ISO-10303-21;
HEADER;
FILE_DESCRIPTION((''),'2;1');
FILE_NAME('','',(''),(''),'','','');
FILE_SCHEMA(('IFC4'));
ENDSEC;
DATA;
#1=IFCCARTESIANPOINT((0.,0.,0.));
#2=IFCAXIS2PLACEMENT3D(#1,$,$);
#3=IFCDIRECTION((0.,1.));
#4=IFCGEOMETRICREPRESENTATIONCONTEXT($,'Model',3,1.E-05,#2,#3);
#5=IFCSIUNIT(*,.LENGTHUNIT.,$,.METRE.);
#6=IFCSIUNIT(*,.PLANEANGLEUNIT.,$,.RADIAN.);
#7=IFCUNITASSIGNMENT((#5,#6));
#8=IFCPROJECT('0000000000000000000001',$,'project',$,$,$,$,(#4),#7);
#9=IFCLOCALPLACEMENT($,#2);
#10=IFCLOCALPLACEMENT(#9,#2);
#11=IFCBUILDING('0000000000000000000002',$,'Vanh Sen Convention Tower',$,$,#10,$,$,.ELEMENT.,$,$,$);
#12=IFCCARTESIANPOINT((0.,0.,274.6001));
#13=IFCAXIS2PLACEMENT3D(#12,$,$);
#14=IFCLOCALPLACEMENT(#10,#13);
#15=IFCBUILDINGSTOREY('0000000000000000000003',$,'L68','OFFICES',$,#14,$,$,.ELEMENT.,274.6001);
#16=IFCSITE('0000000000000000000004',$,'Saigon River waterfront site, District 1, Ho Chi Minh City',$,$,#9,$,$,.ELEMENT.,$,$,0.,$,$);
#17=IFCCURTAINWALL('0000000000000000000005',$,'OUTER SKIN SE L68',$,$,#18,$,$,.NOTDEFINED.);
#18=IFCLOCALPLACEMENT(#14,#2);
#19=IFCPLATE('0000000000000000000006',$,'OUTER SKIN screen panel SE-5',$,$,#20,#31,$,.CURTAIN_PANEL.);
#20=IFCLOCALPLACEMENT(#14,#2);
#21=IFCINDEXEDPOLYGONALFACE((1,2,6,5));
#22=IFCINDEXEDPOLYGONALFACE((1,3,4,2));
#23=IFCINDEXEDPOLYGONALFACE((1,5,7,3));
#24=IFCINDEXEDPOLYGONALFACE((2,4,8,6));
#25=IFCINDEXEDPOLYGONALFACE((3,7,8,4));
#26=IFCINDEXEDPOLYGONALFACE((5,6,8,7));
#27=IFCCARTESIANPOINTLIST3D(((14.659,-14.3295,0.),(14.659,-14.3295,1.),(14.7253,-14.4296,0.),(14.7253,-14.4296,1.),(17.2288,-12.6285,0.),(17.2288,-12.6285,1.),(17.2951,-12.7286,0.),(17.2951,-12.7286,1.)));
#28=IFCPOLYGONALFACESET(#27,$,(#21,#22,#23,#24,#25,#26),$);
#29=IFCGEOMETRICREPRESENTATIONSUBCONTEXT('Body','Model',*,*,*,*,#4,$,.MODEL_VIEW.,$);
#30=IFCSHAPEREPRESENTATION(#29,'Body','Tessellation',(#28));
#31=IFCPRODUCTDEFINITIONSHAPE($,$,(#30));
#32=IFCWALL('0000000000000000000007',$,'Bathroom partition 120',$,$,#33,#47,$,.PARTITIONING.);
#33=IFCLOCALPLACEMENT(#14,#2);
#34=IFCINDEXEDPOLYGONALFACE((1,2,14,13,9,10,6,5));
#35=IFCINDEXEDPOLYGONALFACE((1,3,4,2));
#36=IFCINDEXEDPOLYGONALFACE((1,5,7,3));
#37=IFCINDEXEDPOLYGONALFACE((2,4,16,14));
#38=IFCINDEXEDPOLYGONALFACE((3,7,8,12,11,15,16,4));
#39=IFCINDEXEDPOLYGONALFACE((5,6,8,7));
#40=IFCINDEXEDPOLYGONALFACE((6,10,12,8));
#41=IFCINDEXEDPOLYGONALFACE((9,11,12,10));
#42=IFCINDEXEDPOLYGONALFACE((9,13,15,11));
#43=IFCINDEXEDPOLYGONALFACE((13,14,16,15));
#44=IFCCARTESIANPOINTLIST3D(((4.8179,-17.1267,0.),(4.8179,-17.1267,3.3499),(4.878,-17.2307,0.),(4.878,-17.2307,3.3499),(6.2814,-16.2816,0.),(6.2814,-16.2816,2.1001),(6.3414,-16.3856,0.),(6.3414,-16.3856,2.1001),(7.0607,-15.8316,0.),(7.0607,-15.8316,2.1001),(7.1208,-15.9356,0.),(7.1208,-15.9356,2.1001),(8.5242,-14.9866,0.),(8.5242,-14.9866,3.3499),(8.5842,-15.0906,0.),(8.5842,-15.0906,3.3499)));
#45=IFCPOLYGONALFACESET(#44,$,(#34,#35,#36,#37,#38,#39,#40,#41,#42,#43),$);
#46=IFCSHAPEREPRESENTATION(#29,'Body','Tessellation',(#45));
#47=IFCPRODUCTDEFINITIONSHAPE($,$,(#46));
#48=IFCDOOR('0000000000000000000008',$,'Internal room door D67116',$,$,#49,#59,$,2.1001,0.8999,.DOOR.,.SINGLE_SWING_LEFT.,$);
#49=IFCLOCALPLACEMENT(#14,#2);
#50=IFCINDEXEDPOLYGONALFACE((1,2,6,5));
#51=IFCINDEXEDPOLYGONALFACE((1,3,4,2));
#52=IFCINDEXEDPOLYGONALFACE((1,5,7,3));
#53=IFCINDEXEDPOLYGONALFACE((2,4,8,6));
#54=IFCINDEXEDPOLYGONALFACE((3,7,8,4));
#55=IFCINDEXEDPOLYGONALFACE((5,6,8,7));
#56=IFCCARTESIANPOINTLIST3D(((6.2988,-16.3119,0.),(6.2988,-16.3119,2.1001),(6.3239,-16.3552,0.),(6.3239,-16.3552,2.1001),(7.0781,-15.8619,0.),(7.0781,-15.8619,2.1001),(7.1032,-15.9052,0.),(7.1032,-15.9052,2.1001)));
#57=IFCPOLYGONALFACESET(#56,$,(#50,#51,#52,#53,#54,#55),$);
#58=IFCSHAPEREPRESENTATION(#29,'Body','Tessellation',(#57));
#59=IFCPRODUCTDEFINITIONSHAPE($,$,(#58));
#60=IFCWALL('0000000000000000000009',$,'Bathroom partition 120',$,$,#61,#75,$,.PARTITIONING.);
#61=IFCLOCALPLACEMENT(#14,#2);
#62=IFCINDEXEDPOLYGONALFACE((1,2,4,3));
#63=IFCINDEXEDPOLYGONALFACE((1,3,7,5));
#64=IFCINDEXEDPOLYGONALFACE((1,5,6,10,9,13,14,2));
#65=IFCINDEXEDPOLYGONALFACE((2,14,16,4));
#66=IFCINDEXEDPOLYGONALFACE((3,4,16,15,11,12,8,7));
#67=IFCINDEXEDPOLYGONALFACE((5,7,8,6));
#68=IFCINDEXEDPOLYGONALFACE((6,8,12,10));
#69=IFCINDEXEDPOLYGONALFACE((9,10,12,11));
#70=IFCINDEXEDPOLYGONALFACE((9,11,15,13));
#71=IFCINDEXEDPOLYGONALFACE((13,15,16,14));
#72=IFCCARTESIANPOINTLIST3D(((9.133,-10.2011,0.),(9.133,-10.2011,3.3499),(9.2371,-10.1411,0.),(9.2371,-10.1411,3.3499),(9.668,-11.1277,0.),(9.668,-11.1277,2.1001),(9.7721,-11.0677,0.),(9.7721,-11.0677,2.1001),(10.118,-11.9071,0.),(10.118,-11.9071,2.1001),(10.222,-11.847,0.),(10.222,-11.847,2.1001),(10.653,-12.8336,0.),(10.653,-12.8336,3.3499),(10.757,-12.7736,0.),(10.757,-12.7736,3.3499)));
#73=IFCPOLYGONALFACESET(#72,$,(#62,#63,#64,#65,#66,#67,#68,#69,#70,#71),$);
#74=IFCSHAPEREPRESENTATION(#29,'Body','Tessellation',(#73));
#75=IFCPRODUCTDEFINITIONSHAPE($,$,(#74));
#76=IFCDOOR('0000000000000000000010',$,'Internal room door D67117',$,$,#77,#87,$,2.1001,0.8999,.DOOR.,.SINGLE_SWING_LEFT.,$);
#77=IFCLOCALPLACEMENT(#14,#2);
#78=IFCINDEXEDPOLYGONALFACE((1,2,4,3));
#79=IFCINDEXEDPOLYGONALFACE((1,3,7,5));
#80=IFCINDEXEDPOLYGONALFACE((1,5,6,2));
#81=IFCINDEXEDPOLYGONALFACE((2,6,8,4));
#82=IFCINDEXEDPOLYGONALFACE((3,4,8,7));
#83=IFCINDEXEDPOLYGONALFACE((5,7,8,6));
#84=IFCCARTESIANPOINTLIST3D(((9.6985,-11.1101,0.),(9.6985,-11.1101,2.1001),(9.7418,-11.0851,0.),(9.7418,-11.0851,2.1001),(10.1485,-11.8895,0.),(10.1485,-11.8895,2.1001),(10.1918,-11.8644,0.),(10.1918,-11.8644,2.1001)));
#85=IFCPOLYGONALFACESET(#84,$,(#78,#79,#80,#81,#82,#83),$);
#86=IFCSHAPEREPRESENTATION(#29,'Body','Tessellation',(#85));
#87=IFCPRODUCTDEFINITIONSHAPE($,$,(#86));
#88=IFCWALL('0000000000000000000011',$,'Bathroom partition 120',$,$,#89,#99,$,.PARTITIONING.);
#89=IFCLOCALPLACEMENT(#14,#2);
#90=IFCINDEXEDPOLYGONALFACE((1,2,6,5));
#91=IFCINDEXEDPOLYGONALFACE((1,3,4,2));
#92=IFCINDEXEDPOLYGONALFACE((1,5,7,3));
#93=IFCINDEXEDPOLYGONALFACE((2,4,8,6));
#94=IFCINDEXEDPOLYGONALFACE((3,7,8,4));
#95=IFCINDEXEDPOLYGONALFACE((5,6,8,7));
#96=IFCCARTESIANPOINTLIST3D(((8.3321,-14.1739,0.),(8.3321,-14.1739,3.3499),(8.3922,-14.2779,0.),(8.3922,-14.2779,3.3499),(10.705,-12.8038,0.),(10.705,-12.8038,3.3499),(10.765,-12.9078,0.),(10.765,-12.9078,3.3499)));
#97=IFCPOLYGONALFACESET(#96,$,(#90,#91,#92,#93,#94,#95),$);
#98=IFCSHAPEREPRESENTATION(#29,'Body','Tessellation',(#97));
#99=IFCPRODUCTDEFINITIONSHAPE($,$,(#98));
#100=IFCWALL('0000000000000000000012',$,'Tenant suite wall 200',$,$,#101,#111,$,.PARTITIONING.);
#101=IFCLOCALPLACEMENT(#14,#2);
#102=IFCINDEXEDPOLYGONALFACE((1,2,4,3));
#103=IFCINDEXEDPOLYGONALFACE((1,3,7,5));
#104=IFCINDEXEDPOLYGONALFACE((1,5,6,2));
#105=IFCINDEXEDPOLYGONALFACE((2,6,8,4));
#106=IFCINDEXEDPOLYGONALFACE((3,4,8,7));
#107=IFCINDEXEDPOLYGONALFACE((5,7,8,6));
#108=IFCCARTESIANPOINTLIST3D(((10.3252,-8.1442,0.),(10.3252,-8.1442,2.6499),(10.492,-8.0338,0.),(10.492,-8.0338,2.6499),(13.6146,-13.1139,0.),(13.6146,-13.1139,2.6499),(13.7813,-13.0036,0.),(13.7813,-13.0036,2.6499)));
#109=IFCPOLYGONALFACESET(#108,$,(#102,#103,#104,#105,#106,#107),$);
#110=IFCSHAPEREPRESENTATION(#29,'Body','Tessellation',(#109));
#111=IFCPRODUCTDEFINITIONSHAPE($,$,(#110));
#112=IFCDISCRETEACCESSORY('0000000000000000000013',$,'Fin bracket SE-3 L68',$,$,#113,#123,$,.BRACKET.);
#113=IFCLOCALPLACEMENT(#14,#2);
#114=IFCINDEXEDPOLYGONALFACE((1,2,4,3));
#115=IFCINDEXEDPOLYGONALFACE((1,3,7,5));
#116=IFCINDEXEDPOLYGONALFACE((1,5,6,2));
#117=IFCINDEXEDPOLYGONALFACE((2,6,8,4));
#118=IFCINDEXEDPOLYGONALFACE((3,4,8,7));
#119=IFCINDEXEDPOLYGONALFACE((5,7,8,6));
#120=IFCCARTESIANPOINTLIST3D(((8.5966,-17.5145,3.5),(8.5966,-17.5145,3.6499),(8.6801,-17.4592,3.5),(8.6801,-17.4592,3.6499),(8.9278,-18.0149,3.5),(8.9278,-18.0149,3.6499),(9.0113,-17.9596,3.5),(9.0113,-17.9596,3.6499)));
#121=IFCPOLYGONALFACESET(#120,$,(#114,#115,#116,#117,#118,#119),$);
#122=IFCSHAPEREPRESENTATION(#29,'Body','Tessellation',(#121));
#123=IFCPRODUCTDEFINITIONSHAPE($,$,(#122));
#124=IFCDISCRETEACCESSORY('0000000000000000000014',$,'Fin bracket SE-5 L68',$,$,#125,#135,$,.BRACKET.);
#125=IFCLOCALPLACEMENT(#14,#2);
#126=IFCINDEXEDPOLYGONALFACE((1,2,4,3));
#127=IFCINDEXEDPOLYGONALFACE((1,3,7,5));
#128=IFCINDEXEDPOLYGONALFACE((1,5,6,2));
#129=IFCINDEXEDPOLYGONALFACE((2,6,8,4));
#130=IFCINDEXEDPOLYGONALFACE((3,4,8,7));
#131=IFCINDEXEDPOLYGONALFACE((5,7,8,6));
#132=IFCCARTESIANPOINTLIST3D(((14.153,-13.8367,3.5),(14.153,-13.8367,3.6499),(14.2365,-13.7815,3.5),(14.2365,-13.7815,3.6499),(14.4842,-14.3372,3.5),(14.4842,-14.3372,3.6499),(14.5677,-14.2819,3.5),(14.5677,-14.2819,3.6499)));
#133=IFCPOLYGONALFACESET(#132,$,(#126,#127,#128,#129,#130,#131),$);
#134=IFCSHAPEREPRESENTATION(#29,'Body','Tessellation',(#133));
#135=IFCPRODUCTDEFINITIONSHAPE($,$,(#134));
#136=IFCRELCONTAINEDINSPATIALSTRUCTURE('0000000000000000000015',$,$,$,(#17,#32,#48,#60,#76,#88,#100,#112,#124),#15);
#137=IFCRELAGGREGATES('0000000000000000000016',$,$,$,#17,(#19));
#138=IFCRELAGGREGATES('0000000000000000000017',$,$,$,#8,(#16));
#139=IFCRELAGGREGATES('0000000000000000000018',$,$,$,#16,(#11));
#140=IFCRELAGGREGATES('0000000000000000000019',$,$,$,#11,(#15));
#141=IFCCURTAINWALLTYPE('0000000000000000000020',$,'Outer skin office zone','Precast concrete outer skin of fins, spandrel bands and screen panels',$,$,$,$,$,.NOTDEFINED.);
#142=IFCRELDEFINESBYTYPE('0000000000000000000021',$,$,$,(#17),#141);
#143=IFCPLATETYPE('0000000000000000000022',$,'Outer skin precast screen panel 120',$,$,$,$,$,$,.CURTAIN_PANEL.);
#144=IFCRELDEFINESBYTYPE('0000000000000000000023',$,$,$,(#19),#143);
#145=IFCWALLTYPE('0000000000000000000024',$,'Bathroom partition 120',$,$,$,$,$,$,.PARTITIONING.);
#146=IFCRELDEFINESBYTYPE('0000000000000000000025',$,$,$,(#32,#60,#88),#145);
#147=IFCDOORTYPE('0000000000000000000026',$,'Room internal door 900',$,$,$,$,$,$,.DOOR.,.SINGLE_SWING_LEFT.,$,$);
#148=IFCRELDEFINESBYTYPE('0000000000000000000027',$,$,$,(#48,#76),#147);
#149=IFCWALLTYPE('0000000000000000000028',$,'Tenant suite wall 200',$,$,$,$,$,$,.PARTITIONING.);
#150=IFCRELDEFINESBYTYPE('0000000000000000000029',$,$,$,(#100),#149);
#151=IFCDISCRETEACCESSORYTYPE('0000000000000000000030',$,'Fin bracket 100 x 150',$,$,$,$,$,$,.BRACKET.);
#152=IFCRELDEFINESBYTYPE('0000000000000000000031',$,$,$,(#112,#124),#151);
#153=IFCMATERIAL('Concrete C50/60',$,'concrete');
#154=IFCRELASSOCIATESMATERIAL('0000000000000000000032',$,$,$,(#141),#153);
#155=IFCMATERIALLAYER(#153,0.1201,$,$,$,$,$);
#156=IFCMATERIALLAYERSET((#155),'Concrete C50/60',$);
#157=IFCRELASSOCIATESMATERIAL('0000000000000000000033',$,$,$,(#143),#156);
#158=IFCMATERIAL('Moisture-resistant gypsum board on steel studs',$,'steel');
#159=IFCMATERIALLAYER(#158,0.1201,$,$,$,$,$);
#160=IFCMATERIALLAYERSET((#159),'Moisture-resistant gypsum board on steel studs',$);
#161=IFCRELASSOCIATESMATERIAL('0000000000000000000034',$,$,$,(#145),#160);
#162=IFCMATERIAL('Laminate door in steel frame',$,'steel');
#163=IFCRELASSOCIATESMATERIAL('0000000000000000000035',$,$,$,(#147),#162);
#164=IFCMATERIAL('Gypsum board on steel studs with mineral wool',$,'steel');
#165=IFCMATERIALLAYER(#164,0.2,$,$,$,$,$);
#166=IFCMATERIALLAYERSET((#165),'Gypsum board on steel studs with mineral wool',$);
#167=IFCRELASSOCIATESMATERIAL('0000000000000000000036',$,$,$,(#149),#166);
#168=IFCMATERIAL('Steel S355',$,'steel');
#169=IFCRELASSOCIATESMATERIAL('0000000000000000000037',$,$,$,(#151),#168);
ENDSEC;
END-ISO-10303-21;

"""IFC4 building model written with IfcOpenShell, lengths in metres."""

from ifc_helpers import new_model, si_unit, direction, frame, frame_2d, origin, origin_2d, place, context, subcontext, project, spatial, rectangle, extrude, material, layer, layer_set, type_object, element, fill, aggregate, save


model = new_model("IFC4")

# Units and contexts
model_context = context("Model", 3, precision=1e-05, world=origin(), true_north=direction((0.0, 1.0)))
body_context = subcontext(model_context, "Body", "Model", "MODEL_VIEW")
ifc_project = project(units=[si_unit("LENGTHUNIT", "METRE"), si_unit("PLANEANGLEUNIT", "RADIAN")], contexts=[model_context])

# Site, building, storey
site_placement = place(None, origin())
site = spatial("IfcSite", under=ifc_project, at=site_placement, Name="Saigon River waterfront site, District 1, Ho Chi Minh City", CompositionType="ELEMENT", RefElevation=0.0)
building_placement = place(site_placement, origin())
building = spatial("IfcBuilding", under=site, at=building_placement, Name="Vanh Sen Convention Tower", CompositionType="ELEMENT")
storey_placement = place(building_placement, frame((0.0, 0.0, 274.6001)))
storey = spatial("IfcBuildingStorey", under=building, at=storey_placement, Name="L68", Description="OFFICES", CompositionType="ELEMENT", Elevation=274.6001)

# Curtain wall
ifc_material_1 = material(Name="Concrete C50/60", Category="concrete")
curtain_wall_type = type_object("IfcCurtainWallType", Name="Outer skin office zone", Description="Precast concrete outer skin of fins, spandrel bands and screen panels", PredefinedType="NOTDEFINED", material=ifc_material_1)
curtain_wall_1_placement = place(storey_placement, origin())
curtain_wall_1 = element("IfcCurtainWall", 1, at=curtain_wall_1_placement, inside=storey, type_object=curtain_wall_type, Name="OUTER SKIN SE L68", PredefinedType="NOTDEFINED")

# Plate
ifc_layer_1 = layer(ifc_material_1, 0.1201)
ifc_layer_set_1 = layer_set([ifc_layer_1], Name="Concrete C50/60")
plate_type = type_object("IfcPlateType", Name="Outer skin precast screen panel 120", PredefinedType="CURTAIN_PANEL", material=ifc_layer_set_1)
plate_1_placement = place(storey_placement, frame((15.9771, -13.5291, 0.0), z_axis=(0.0, 0.0, 1.0), x_axis=(0.833879, 0.551947, 0.0)))
plate_1 = element("IfcPlate", 2, at=plate_1_placement, type_object=plate_type, Name="OUTER SKIN screen panel SE-5", PredefinedType="CURTAIN_PANEL", context=body_context, shape_type="SweptSolid", body=[
    extrude(rectangle(XDim=3.0818, YDim=0.1201, at=origin_2d()), origin(), (0.0, 0.0, 1.0), 1.0),
])
aggregate(curtain_wall_1, [plate_1])

# Walls, openings, doors
ifc_material_2 = material(Name="Moisture-resistant gypsum board on steel studs", Category="steel")
ifc_layer_2 = layer(ifc_material_2, 0.1201)
ifc_layer_set_2 = layer_set([ifc_layer_2], Name="Moisture-resistant gypsum board on steel studs")
wall_type_1 = type_object("IfcWallType", Name="Bathroom partition 120", PredefinedType="PARTITIONING", material=ifc_layer_set_2)
wall_1_placement = place(storey_placement, frame((8.5542, -15.0386, 0.0), z_axis=(0.0, 0.0, 1.0), x_axis=(-0.865995, -0.500053, 0.0)))
wall_1 = element("IfcWall", 3, at=wall_1_placement, inside=storey, type_object=wall_type_1, Name="Bathroom partition 120", PredefinedType="PARTITIONING", context=body_context, shape_type="SweptSolid", body=[
    extrude(rectangle(XDim=4.2798, YDim=0.1201, at=frame_2d((2.1399, 0.0))), origin(), (0.0, 0.0, 1.0), 3.3499),
])
opening_1_placement = place(wall_1_placement, frame((1.6899, 0.0, 0.0)))
opening_1 = element("IfcOpeningElement", 4, at=opening_1_placement, cuts=wall_1, PredefinedType="OPENING", context=body_context, shape_type="SweptSolid", body=[
    extrude(rectangle(XDim=0.8999, YDim=2.1001, at=frame_2d((0.45, 1.05))), frame((0.0, 0.0701, 0.0), z_axis=(0.0, -1.0, 0.0), x_axis=(1.0, 0.0, 0.0)), (0.0, 0.0, 1.0), 0.1401),
])
ifc_material_3 = material(Name="Laminate door in steel frame", Category="steel")
door_type = type_object("IfcDoorType", Name="Room internal door 900", OperationType="SINGLE_SWING_LEFT", PredefinedType="DOOR", material=ifc_material_3)
door_1_placement = place(opening_1_placement, origin())
door_1 = element("IfcDoor", 5, at=door_1_placement, inside=storey, type_object=door_type, Name="Internal room door D67116", OperationType="SINGLE_SWING_LEFT", OverallHeight=2.1001, OverallWidth=0.8999, PredefinedType="DOOR", context=body_context, shape_type="SweptSolid", body=[
    extrude(rectangle(XDim=0.8999, YDim=2.1001, at=frame_2d((0.45, 1.05))), frame((0.0, 0.0249, 0.0), z_axis=(0.0, -1.0, 0.0), x_axis=(1.0, 0.0, 0.0)), (0.0, 0.0, 1.0), 0.05),
])
fill(opening_1, door_1)
wall_2_placement = place(storey_placement, frame((10.7051, -12.8037, 0.0), z_axis=(0.0, 0.0, 1.0), x_axis=(-0.500026, 0.86601, 0.0)))
wall_2 = element("IfcWall", 6, at=wall_2_placement, inside=storey, type_object=wall_type_1, Name="Bathroom partition 120", PredefinedType="PARTITIONING", context=body_context, shape_type="SweptSolid", body=[
    extrude(rectangle(XDim=3.0398, YDim=0.1201, at=frame_2d((1.52, 0.0))), origin(), (0.0, 0.0, 1.0), 3.3499),
])
opening_2_placement = place(wall_2_placement, frame((1.0701, 0.0, 0.0)))
opening_2 = element("IfcOpeningElement", 7, at=opening_2_placement, cuts=wall_2, PredefinedType="OPENING", context=body_context, shape_type="SweptSolid", body=[
    extrude(rectangle(XDim=0.8999, YDim=2.1001, at=frame_2d((0.45, 1.05))), frame((0.0, 0.0701, 0.0), z_axis=(0.0, -1.0, 0.0), x_axis=(1.0, 0.0, 0.0)), (0.0, 0.0, 1.0), 0.1401),
])
door_2_placement = place(opening_2_placement, origin())
door_2 = element("IfcDoor", 8, at=door_2_placement, inside=storey, type_object=door_type, Name="Internal room door D67117", OperationType="SINGLE_SWING_LEFT", OverallHeight=2.1001, OverallWidth=0.8999, PredefinedType="DOOR", context=body_context, shape_type="SweptSolid", body=[
    extrude(rectangle(XDim=0.8999, YDim=2.1001, at=frame_2d((0.45, 1.05))), frame((0.0, 0.0249, 0.0), z_axis=(0.0, -1.0, 0.0), x_axis=(1.0, 0.0, 0.0)), (0.0, 0.0, 1.0), 0.05),
])
fill(opening_2, door_2)

# Walls
wall_3_placement = place(storey_placement, frame((10.7351, -12.8557, 0.0), z_axis=(0.0, 0.0, 1.0), x_axis=(-0.865997, -0.500049, 0.0)))
element("IfcWall", 9, at=wall_3_placement, inside=storey, type_object=wall_type_1, Name="Bathroom partition 120", PredefinedType="PARTITIONING", context=body_context, shape_type="SweptSolid", body=[
    extrude(rectangle(XDim=2.74, YDim=0.1201, at=frame_2d((1.3701, 0.0))), origin(), (0.0, 0.0, 1.0), 3.3499),
])
ifc_material_4 = material(Name="Gypsum board on steel studs with mineral wool", Category="steel")
ifc_layer_3 = layer(ifc_material_4, 0.2)
ifc_layer_set_3 = layer_set([ifc_layer_3], Name="Gypsum board on steel studs with mineral wool")
wall_type_2 = type_object("IfcWallType", Name="Tenant suite wall 200", PredefinedType="PARTITIONING", material=ifc_layer_set_3)
wall_4_placement = place(storey_placement, frame((13.698, -13.0588, 0.0), z_axis=(0.0, 0.0, 1.0), x_axis=(-0.551927, 0.833892, 0.0)))
element("IfcWall", 10, at=wall_4_placement, inside=storey, type_object=wall_type_2, Name="Tenant suite wall 200", PredefinedType="PARTITIONING", context=body_context, shape_type="SweptSolid", body=[
    extrude(rectangle(XDim=5.9597, YDim=0.2, at=frame_2d((2.98, 0.0))), origin(), (0.0, 0.0, 1.0), 2.6499),
])

# Discrete accessories
ifc_material_5 = material(Name="Steel S355", Category="steel")
discrete_accessory_type = type_object("IfcDiscreteAccessoryType", Name="Fin bracket 100 x 150", PredefinedType="BRACKET", material=ifc_material_5)
for number, where, z_axis, x_axis, name in (
    (11, (8.804, -17.7371, 3.5), (0.0, 0.0, 1.0), (0.551937, -0.833886, 0.0), "Fin bracket SE-3 L68"),
    (12, (14.3604, -14.0593, 3.5), (0.0, 0.0, 1.0), (0.551937, -0.833886, 0.0), "Fin bracket SE-5 L68"),
):
    element("IfcDiscreteAccessory", number, at=place(storey_placement, frame(where, z_axis=z_axis, x_axis=x_axis)), inside=storey, type_object=discrete_accessory_type, Name=name, PredefinedType="BRACKET", context=body_context, shape_type="SweptSolid", body=[
        extrude(rectangle(XDim=0.6001, YDim=0.1001, at=origin_2d()), origin(), (0.0, 0.0, 1.0), 0.1499),
    ])

save(model, "model.ifc")
